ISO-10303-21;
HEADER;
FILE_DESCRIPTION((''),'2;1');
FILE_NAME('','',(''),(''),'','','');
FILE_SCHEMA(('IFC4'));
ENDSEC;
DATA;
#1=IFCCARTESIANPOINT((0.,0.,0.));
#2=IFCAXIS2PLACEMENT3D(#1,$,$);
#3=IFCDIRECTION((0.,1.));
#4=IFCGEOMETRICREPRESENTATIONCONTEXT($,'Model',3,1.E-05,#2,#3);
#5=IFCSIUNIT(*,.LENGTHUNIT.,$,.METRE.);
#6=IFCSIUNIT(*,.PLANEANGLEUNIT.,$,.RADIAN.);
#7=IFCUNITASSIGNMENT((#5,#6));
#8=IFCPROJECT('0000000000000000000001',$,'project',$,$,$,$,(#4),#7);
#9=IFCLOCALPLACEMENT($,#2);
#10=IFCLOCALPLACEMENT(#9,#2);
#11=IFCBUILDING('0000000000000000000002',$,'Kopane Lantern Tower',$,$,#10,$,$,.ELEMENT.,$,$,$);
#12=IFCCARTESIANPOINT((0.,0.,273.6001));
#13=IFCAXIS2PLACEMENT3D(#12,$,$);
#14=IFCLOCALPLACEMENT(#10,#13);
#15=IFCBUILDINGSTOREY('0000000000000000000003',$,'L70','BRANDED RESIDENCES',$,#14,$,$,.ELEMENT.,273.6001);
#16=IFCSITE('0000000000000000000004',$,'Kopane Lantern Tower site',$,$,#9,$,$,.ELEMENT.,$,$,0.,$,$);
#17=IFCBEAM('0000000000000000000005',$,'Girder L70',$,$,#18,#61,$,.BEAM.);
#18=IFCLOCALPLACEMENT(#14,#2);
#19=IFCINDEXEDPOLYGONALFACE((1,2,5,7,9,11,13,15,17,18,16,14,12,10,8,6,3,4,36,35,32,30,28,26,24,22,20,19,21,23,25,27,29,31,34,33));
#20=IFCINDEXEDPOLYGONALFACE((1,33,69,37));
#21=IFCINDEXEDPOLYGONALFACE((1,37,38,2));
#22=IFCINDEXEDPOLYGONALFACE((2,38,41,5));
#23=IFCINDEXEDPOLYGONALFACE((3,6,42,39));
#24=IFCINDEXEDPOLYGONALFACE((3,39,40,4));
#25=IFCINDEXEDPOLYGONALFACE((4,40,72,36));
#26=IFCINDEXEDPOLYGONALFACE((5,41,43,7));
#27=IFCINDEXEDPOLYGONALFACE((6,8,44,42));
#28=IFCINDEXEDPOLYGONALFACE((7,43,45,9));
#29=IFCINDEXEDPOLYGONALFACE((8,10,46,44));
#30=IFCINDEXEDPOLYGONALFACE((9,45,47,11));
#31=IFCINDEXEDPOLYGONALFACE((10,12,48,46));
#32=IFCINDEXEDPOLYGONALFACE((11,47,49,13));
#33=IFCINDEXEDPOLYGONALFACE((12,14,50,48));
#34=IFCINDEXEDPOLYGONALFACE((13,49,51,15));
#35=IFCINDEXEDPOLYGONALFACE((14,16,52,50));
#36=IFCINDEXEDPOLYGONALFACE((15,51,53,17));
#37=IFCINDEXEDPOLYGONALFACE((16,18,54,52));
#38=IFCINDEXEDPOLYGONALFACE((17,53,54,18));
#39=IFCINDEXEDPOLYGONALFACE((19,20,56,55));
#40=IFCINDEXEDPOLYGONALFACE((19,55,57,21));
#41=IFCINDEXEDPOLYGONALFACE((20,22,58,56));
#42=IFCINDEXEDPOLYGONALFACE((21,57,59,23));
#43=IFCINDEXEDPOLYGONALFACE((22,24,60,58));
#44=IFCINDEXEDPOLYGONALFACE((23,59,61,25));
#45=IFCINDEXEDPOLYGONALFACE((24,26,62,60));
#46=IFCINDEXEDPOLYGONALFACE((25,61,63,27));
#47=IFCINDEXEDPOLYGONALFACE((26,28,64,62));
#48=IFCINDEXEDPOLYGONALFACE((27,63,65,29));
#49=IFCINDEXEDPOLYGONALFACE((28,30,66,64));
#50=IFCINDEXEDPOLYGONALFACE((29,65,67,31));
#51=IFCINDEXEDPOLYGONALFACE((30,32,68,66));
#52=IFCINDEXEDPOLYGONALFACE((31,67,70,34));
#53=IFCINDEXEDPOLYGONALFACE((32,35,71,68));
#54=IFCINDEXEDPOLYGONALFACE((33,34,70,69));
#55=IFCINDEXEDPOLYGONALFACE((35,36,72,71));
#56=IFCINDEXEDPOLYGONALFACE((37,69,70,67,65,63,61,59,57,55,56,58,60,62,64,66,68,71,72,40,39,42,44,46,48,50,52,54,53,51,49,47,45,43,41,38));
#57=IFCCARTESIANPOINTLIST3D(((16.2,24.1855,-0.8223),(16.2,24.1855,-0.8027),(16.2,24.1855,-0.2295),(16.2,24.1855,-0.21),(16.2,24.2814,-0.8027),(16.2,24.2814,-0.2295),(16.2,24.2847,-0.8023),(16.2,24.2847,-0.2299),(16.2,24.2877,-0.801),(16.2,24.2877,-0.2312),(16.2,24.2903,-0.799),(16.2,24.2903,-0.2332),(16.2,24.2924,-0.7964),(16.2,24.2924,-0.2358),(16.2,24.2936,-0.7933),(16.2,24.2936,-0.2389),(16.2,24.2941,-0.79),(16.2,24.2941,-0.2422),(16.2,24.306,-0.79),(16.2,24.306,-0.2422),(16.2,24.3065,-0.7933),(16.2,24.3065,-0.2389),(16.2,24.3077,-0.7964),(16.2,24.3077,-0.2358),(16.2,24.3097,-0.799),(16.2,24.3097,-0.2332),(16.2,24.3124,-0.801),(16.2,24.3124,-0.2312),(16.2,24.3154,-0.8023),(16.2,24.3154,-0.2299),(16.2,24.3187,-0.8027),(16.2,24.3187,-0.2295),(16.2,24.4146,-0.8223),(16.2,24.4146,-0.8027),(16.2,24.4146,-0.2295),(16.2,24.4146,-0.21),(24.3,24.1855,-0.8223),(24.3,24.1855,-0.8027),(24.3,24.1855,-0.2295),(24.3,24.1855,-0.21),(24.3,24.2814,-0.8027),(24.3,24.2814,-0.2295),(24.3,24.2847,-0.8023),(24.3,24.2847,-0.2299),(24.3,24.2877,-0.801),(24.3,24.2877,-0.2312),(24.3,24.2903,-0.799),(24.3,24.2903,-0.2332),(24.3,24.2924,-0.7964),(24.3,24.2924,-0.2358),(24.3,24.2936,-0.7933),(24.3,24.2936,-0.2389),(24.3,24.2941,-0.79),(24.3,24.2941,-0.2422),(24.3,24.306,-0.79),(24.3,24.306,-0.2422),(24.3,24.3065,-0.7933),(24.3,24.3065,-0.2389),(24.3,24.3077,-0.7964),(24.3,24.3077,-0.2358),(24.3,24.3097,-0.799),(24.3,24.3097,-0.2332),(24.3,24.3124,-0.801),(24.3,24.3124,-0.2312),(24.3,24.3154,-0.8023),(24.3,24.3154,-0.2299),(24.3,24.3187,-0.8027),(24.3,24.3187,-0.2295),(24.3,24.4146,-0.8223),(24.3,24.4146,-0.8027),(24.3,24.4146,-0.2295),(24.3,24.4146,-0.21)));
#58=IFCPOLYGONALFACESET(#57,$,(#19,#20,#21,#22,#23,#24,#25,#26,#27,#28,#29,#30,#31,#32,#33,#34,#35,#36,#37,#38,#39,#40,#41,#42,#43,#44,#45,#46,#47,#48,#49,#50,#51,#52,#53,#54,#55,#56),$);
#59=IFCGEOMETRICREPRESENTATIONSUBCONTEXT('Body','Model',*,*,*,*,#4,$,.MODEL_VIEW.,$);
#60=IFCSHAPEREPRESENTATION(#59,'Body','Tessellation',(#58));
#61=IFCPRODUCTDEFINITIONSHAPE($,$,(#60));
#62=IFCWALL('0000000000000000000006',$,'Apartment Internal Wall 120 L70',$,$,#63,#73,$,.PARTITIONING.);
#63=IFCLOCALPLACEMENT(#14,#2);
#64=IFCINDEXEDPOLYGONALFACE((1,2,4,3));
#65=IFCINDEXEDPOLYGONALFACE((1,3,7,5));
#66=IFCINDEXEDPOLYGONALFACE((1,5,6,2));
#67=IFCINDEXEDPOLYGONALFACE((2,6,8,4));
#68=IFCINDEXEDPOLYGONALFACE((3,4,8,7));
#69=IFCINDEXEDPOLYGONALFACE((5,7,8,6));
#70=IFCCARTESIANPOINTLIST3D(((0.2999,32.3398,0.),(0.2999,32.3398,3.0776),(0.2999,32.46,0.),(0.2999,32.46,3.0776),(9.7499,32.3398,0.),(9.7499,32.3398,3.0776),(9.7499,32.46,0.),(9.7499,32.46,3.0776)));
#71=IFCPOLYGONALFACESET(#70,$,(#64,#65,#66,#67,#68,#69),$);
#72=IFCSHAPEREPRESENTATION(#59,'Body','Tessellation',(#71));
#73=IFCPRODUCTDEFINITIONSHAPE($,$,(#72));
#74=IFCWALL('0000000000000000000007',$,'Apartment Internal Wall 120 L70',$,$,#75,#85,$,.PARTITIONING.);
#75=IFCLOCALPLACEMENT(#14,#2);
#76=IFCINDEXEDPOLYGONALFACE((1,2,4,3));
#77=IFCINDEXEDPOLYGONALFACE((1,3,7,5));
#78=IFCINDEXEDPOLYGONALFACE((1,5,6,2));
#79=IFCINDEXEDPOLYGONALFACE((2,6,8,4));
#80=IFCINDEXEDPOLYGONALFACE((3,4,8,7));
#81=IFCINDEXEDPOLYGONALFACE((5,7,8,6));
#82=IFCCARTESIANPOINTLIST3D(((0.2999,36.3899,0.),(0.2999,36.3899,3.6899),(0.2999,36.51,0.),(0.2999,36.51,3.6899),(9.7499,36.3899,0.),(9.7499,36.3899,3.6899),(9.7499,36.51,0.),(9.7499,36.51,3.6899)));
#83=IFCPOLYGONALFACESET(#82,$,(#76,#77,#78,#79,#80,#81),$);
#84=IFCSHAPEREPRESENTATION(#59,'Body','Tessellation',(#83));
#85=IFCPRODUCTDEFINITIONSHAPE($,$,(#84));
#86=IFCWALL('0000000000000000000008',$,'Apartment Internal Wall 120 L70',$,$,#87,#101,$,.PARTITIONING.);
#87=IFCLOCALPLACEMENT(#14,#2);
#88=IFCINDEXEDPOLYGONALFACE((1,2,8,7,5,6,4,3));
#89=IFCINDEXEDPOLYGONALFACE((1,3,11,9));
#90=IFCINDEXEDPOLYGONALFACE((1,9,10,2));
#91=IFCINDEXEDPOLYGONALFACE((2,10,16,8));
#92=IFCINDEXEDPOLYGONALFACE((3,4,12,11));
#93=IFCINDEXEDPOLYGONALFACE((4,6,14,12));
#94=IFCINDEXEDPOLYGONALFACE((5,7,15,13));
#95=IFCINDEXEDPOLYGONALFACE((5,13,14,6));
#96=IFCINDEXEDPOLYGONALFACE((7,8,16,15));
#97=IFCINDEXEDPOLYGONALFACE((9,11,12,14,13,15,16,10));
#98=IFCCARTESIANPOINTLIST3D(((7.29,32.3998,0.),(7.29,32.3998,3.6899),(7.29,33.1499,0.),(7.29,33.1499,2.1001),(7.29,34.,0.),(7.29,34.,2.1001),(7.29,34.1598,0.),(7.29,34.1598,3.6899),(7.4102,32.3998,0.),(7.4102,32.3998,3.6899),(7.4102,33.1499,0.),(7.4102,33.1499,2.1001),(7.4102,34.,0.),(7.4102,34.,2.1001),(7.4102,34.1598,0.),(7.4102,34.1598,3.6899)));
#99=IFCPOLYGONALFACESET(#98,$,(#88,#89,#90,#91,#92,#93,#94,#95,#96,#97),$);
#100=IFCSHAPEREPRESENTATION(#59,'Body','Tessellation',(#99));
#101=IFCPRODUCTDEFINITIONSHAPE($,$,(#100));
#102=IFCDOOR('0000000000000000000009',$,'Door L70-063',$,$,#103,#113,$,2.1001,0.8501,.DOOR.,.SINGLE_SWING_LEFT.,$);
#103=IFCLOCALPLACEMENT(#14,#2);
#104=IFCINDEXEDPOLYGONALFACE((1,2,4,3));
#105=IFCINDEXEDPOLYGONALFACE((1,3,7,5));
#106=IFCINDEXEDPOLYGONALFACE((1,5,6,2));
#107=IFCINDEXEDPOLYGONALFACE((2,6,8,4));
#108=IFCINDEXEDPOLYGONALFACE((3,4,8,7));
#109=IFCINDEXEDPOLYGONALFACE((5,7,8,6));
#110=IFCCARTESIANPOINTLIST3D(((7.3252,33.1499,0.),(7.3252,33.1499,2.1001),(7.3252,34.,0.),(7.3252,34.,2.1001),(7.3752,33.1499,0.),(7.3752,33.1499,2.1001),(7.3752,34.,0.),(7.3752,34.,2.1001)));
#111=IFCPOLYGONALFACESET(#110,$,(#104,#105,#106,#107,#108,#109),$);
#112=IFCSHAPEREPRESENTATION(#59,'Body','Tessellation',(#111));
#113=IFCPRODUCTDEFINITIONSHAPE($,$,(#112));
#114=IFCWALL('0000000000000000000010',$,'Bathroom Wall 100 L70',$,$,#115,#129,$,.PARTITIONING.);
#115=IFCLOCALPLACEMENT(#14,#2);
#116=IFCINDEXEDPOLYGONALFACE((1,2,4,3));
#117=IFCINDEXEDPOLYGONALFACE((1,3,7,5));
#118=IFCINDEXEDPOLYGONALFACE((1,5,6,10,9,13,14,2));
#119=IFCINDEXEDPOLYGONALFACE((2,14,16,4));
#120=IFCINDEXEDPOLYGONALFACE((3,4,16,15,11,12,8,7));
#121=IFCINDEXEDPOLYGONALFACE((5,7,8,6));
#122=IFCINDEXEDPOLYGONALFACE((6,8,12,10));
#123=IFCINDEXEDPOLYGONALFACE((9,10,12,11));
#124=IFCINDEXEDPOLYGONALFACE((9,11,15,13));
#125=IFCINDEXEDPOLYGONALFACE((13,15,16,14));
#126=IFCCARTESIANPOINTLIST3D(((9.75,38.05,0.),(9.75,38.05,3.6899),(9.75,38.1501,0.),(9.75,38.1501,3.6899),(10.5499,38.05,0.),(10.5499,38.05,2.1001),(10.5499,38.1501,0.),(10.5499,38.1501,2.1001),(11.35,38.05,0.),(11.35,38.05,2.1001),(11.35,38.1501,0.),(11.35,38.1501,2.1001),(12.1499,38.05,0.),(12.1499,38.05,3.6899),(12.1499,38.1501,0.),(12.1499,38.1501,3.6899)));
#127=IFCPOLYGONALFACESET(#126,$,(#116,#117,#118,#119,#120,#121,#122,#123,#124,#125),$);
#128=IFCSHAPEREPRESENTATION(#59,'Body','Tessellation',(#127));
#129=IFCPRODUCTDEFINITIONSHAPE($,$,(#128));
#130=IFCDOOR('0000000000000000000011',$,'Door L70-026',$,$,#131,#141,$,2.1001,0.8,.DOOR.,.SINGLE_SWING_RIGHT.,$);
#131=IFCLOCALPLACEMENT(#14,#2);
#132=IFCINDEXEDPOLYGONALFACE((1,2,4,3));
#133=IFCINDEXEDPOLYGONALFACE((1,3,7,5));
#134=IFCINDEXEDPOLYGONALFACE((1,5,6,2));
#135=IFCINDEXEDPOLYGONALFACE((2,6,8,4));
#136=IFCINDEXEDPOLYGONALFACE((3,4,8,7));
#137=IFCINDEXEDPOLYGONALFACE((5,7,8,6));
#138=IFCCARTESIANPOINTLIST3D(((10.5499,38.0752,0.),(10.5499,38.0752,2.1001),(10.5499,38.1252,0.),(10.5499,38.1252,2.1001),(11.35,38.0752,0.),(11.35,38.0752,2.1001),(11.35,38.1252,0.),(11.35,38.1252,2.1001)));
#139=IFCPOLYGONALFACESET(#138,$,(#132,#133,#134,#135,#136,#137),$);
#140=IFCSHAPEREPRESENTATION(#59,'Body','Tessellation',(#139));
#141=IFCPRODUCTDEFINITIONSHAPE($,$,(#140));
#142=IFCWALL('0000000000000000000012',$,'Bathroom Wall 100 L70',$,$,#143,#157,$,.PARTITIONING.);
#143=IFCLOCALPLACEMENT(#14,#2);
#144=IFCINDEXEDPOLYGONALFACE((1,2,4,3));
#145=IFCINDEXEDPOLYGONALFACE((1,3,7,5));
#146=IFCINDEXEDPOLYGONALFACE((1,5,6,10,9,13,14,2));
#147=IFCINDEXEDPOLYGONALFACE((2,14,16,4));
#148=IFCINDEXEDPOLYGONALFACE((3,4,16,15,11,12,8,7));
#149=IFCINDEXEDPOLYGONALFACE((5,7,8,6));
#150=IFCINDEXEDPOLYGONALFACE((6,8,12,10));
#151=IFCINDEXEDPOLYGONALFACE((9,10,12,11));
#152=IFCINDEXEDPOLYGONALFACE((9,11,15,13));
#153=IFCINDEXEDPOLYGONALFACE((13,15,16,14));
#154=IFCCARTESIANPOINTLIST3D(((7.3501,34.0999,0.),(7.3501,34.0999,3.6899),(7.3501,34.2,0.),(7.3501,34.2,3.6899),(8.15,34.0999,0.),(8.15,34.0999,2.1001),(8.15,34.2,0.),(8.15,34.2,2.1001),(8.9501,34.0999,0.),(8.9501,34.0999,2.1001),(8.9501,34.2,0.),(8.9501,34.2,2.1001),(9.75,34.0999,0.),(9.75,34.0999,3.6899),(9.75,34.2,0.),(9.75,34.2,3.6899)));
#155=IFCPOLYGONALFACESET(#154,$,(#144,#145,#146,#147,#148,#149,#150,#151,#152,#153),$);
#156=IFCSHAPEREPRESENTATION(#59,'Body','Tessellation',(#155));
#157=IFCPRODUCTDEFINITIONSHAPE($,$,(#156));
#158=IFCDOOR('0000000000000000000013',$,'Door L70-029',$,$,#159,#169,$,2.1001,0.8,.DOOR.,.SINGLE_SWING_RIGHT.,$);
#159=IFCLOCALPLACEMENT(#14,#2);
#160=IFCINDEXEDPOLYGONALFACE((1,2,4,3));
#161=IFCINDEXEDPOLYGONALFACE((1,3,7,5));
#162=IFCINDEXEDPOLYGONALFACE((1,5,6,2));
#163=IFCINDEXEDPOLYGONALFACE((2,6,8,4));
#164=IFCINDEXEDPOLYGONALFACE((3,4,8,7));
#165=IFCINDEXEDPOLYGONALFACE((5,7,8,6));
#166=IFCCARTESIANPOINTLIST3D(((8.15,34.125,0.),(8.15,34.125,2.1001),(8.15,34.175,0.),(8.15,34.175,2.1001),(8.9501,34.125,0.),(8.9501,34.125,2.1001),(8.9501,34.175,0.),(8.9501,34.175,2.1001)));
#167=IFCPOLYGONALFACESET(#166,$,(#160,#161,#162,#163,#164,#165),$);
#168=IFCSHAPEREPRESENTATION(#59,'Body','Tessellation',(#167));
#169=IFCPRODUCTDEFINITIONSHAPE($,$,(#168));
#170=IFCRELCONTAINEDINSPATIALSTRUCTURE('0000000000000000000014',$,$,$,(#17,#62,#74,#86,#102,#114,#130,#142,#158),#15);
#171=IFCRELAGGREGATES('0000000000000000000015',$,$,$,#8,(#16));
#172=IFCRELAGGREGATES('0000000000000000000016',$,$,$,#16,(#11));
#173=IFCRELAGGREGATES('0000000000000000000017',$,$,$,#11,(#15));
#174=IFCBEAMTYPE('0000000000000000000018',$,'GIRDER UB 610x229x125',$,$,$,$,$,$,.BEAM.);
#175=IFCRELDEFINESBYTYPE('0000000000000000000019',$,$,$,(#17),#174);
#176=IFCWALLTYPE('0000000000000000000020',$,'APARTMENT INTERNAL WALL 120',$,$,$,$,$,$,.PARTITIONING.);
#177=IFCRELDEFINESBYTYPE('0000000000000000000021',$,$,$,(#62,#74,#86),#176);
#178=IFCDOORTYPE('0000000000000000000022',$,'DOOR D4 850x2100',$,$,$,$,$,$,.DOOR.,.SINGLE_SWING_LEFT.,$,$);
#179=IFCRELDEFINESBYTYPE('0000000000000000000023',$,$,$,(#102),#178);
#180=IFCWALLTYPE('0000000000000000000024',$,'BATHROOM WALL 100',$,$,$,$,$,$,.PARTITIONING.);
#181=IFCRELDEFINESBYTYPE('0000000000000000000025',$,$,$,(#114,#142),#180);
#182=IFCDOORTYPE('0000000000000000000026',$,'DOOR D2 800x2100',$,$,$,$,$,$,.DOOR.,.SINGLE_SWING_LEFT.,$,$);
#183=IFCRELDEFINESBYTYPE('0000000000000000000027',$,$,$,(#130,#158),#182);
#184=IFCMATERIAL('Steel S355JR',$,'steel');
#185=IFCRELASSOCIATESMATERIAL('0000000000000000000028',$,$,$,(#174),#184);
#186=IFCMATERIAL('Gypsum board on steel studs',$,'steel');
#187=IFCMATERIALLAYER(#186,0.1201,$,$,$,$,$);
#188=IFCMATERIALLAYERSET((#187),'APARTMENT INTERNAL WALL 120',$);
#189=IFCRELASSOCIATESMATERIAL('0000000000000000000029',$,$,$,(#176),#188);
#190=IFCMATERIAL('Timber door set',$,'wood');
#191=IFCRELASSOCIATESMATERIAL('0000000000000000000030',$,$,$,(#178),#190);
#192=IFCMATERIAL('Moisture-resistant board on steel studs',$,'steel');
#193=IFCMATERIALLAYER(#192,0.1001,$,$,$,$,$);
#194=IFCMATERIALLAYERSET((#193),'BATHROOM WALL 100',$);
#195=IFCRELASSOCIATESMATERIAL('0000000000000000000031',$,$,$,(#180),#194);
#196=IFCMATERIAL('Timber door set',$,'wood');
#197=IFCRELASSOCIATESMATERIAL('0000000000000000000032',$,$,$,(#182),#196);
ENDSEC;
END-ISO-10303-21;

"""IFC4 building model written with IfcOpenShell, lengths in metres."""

from ifc_helpers import new_model, si_unit, direction, frame, frame_2d, origin, origin_2d, place, context, subcontext, project, spatial, rectangle, i_section, extrude, material, layer, layer_set, material_profile, profile_set, type_object, element, fill, save


model = new_model("IFC4")

# Units and contexts
model_context = context("Model", 3, precision=1e-05, world=origin(), true_north=direction((0.0, 1.0)))
body_context = subcontext(model_context, "Body", "Model", "MODEL_VIEW")
ifc_project = project(units=[si_unit("LENGTHUNIT", "METRE"), si_unit("PLANEANGLEUNIT", "RADIAN")], contexts=[model_context])

# Site, building, storey
site_placement = place(None, origin())
site = spatial("IfcSite", under=ifc_project, at=site_placement, Name="Kopane Lantern Tower site", CompositionType="ELEMENT", RefElevation=0.0)
building_placement = place(site_placement, origin())
building = spatial("IfcBuilding", under=site, at=building_placement, Name="Kopane Lantern Tower", CompositionType="ELEMENT")
storey_placement = place(building_placement, frame((0.0, 0.0, 273.6001)))
storey = spatial("IfcBuildingStorey", under=building, at=storey_placement, Name="L70", Description="BRANDED RESIDENCES", CompositionType="ELEMENT", Elevation=273.6001)

# Beam
ifc_material_1 = material(Name="Steel S355JR", Category="steel")
ifc_material_profile_1 = material_profile(ifc_material_1, i_section(OverallWidth=0.229, OverallDepth=0.6123, WebThickness=0.012, FlangeThickness=0.0195, FilletRadius=0.0127, at=origin_2d()), Name="UB 610x229x125")
ifc_profile_set_1 = profile_set([ifc_material_profile_1], Name="Steel S355JR")
beam_type = type_object("IfcBeamType", Name="GIRDER UB 610x229x125", PredefinedType="BEAM", material=ifc_profile_set_1)
beam_placement = place(storey_placement, frame((16.2, 24.3, -0.5161), z_axis=(1.0, 0.0, 0.0), x_axis=(0.0, 1.0, 0.0)))
element("IfcBeam", 1, at=beam_placement, inside=storey, type_object=beam_type, Name="Girder L70", PredefinedType="BEAM", context=body_context, shape_type="SweptSolid", body=[
    extrude(i_section(OverallWidth=0.229, OverallDepth=0.6123, WebThickness=0.012, FlangeThickness=0.0195, FilletRadius=0.0127, at=origin_2d()), origin(), (0.0, 0.0, 1.0), 8.1001),
])

# Walls
ifc_material_2 = material(Name="Gypsum board on steel studs", Category="steel")
ifc_layer_1 = layer(ifc_material_2, 0.1201)
ifc_layer_set_1 = layer_set([ifc_layer_1], Name="APARTMENT INTERNAL WALL 120")
wall_type_1 = type_object("IfcWallType", Name="APARTMENT INTERNAL WALL 120", PredefinedType="PARTITIONING", material=ifc_layer_set_1)
wall_1_placement = place(storey_placement, frame((9.75, 32.3999, 0.0), z_axis=(0.0, 0.0, 1.0), x_axis=(-1.0, 0.0, 0.0)))
element("IfcWall", 2, at=wall_1_placement, inside=storey, type_object=wall_type_1, Name="Apartment Internal Wall 120 L70", PredefinedType="PARTITIONING", context=body_context, shape_type="SweptSolid", body=[
    extrude(rectangle(XDim=9.45, YDim=0.1201, at=frame_2d((4.7251, 0.0))), origin(), (0.0, 0.0, 1.0), 3.0776),
])
wall_2_placement = place(storey_placement, frame((9.75, 36.45, 0.0), z_axis=(0.0, 0.0, 1.0), x_axis=(-1.0, 0.0, 0.0)))
element("IfcWall", 3, at=wall_2_placement, inside=storey, type_object=wall_type_1, Name="Apartment Internal Wall 120 L70", PredefinedType="PARTITIONING", context=body_context, shape_type="SweptSolid", body=[
    extrude(rectangle(XDim=9.45, YDim=0.1201, at=frame_2d((4.7251, 0.0))), origin(), (0.0, 0.0, 1.0), 3.6899),
])

# Walls, openings, doors
wall_3_placement = place(storey_placement, frame((7.3501, 32.3999, 0.0), z_axis=(0.0, 0.0, 1.0), x_axis=(0.0, 1.0, 0.0)))
wall_3 = element("IfcWall", 4, at=wall_3_placement, inside=storey, type_object=wall_type_1, Name="Apartment Internal Wall 120 L70", PredefinedType="PARTITIONING", context=body_context, shape_type="SweptSolid", body=[
    extrude(rectangle(XDim=1.76, YDim=0.1201, at=frame_2d((0.8799, 0.0))), origin(), (0.0, 0.0, 1.0), 3.6899),
])
opening_1_placement = place(wall_3_placement, frame((0.75, 0.0, 0.0)))
opening_1 = element("IfcOpeningElement", 5, at=opening_1_placement, cuts=wall_3, PredefinedType="OPENING", context=body_context, shape_type="SweptSolid", body=[
    extrude(rectangle(XDim=0.8501, YDim=2.1001, at=frame_2d((0.425, 1.05))), frame((0.0, 0.0701, 0.0), z_axis=(0.0, -1.0, 0.0), x_axis=(1.0, 0.0, 0.0)), (0.0, 0.0, 1.0), 0.1401),
])
ifc_material_3 = material(Name="Timber door set", Category="wood")
door_type_1 = type_object("IfcDoorType", Name="DOOR D4 850x2100", OperationType="SINGLE_SWING_LEFT", PredefinedType="DOOR", material=ifc_material_3)
door_1_placement = place(opening_1_placement, origin())
door_1 = element("IfcDoor", 6, at=door_1_placement, inside=storey, type_object=door_type_1, Name="Door L70-063", OperationType="SINGLE_SWING_LEFT", OverallHeight=2.1001, OverallWidth=0.8501, PredefinedType="DOOR", context=body_context, shape_type="SweptSolid", body=[
    extrude(rectangle(XDim=0.8501, YDim=2.1001, at=frame_2d((0.425, 1.05))), frame((0.0, 0.0249, 0.0), z_axis=(0.0, -1.0, 0.0), x_axis=(1.0, 0.0, 0.0)), (0.0, 0.0, 1.0), 0.05),
])
fill(opening_1, door_1)
ifc_material_4 = material(Name="Moisture-resistant board on steel studs", Category="steel")
ifc_layer_2 = layer(ifc_material_4, 0.1001)
ifc_layer_set_2 = layer_set([ifc_layer_2], Name="BATHROOM WALL 100")
wall_type_2 = type_object("IfcWallType", Name="BATHROOM WALL 100", PredefinedType="PARTITIONING", material=ifc_layer_set_2)
wall_4_placement = place(storey_placement, frame((12.1499, 38.1001, 0.0), z_axis=(0.0, 0.0, 1.0), x_axis=(-1.0, 0.0, 0.0)))
wall_4 = element("IfcWall", 7, at=wall_4_placement, inside=storey, type_object=wall_type_2, Name="Bathroom Wall 100 L70", PredefinedType="PARTITIONING", context=body_context, shape_type="SweptSolid", body=[
    extrude(rectangle(XDim=2.3999, YDim=0.1001, at=frame_2d((1.2, 0.0))), origin(), (0.0, 0.0, 1.0), 3.6899),
])
opening_2_placement = place(wall_4_placement, frame((0.8, 0.0, 0.0)))
opening_2 = element("IfcOpeningElement", 8, at=opening_2_placement, cuts=wall_4, PredefinedType="OPENING", context=body_context, shape_type="SweptSolid", body=[
    extrude(rectangle(XDim=0.8, YDim=2.1001, at=frame_2d((0.3999, 1.05))), frame((0.0, 0.0601, 0.0), z_axis=(0.0, -1.0, 0.0), x_axis=(1.0, 0.0, 0.0)), (0.0, 0.0, 1.0), 0.1201),
])
ifc_material_5 = material(Name="Timber door set", Category="wood")
door_type_2 = type_object("IfcDoorType", Name="DOOR D2 800x2100", OperationType="SINGLE_SWING_LEFT", PredefinedType="DOOR", material=ifc_material_5)
door_2_placement = place(opening_2_placement, origin())
door_2 = element("IfcDoor", 9, at=door_2_placement, inside=storey, type_object=door_type_2, Name="Door L70-026", OperationType="SINGLE_SWING_RIGHT", OverallHeight=2.1001, OverallWidth=0.8, PredefinedType="DOOR", context=body_context, shape_type="SweptSolid", body=[
    extrude(rectangle(XDim=0.8, YDim=2.1001, at=frame_2d((0.3999, 1.05))), frame((0.0, 0.0249, 0.0), z_axis=(0.0, -1.0, 0.0), x_axis=(1.0, 0.0, 0.0)), (0.0, 0.0, 1.0), 0.05),
])
fill(opening_2, door_2)
wall_5_placement = place(storey_placement, frame((9.75, 34.1499, 0.0), z_axis=(0.0, 0.0, 1.0), x_axis=(-1.0, 0.0, 0.0)))
wall_5 = element("IfcWall", 10, at=wall_5_placement, inside=storey, type_object=wall_type_2, Name="Bathroom Wall 100 L70", PredefinedType="PARTITIONING", context=body_context, shape_type="SweptSolid", body=[
    extrude(rectangle(XDim=2.3999, YDim=0.1001, at=frame_2d((1.2, 0.0))), origin(), (0.0, 0.0, 1.0), 3.6899),
])
opening_3_placement = place(wall_5_placement, frame((0.8, 0.0, 0.0)))
opening_3 = element("IfcOpeningElement", 11, at=opening_3_placement, cuts=wall_5, PredefinedType="OPENING", context=body_context, shape_type="SweptSolid", body=[
    extrude(rectangle(XDim=0.8, YDim=2.1001, at=frame_2d((0.3999, 1.05))), frame((0.0, 0.0601, 0.0), z_axis=(0.0, -1.0, 0.0), x_axis=(1.0, 0.0, 0.0)), (0.0, 0.0, 1.0), 0.1201),
])
door_3_placement = place(opening_3_placement, origin())
door_3 = element("IfcDoor", 12, at=door_3_placement, inside=storey, type_object=door_type_2, Name="Door L70-029", OperationType="SINGLE_SWING_RIGHT", OverallHeight=2.1001, OverallWidth=0.8, PredefinedType="DOOR", context=body_context, shape_type="SweptSolid", body=[
    extrude(rectangle(XDim=0.8, YDim=2.1001, at=frame_2d((0.3999, 1.05))), frame((0.0, 0.0249, 0.0), z_axis=(0.0, -1.0, 0.0), x_axis=(1.0, 0.0, 0.0)), (0.0, 0.0, 1.0), 0.05),
])
fill(opening_3, door_3)

save(model, "model.ifc")
